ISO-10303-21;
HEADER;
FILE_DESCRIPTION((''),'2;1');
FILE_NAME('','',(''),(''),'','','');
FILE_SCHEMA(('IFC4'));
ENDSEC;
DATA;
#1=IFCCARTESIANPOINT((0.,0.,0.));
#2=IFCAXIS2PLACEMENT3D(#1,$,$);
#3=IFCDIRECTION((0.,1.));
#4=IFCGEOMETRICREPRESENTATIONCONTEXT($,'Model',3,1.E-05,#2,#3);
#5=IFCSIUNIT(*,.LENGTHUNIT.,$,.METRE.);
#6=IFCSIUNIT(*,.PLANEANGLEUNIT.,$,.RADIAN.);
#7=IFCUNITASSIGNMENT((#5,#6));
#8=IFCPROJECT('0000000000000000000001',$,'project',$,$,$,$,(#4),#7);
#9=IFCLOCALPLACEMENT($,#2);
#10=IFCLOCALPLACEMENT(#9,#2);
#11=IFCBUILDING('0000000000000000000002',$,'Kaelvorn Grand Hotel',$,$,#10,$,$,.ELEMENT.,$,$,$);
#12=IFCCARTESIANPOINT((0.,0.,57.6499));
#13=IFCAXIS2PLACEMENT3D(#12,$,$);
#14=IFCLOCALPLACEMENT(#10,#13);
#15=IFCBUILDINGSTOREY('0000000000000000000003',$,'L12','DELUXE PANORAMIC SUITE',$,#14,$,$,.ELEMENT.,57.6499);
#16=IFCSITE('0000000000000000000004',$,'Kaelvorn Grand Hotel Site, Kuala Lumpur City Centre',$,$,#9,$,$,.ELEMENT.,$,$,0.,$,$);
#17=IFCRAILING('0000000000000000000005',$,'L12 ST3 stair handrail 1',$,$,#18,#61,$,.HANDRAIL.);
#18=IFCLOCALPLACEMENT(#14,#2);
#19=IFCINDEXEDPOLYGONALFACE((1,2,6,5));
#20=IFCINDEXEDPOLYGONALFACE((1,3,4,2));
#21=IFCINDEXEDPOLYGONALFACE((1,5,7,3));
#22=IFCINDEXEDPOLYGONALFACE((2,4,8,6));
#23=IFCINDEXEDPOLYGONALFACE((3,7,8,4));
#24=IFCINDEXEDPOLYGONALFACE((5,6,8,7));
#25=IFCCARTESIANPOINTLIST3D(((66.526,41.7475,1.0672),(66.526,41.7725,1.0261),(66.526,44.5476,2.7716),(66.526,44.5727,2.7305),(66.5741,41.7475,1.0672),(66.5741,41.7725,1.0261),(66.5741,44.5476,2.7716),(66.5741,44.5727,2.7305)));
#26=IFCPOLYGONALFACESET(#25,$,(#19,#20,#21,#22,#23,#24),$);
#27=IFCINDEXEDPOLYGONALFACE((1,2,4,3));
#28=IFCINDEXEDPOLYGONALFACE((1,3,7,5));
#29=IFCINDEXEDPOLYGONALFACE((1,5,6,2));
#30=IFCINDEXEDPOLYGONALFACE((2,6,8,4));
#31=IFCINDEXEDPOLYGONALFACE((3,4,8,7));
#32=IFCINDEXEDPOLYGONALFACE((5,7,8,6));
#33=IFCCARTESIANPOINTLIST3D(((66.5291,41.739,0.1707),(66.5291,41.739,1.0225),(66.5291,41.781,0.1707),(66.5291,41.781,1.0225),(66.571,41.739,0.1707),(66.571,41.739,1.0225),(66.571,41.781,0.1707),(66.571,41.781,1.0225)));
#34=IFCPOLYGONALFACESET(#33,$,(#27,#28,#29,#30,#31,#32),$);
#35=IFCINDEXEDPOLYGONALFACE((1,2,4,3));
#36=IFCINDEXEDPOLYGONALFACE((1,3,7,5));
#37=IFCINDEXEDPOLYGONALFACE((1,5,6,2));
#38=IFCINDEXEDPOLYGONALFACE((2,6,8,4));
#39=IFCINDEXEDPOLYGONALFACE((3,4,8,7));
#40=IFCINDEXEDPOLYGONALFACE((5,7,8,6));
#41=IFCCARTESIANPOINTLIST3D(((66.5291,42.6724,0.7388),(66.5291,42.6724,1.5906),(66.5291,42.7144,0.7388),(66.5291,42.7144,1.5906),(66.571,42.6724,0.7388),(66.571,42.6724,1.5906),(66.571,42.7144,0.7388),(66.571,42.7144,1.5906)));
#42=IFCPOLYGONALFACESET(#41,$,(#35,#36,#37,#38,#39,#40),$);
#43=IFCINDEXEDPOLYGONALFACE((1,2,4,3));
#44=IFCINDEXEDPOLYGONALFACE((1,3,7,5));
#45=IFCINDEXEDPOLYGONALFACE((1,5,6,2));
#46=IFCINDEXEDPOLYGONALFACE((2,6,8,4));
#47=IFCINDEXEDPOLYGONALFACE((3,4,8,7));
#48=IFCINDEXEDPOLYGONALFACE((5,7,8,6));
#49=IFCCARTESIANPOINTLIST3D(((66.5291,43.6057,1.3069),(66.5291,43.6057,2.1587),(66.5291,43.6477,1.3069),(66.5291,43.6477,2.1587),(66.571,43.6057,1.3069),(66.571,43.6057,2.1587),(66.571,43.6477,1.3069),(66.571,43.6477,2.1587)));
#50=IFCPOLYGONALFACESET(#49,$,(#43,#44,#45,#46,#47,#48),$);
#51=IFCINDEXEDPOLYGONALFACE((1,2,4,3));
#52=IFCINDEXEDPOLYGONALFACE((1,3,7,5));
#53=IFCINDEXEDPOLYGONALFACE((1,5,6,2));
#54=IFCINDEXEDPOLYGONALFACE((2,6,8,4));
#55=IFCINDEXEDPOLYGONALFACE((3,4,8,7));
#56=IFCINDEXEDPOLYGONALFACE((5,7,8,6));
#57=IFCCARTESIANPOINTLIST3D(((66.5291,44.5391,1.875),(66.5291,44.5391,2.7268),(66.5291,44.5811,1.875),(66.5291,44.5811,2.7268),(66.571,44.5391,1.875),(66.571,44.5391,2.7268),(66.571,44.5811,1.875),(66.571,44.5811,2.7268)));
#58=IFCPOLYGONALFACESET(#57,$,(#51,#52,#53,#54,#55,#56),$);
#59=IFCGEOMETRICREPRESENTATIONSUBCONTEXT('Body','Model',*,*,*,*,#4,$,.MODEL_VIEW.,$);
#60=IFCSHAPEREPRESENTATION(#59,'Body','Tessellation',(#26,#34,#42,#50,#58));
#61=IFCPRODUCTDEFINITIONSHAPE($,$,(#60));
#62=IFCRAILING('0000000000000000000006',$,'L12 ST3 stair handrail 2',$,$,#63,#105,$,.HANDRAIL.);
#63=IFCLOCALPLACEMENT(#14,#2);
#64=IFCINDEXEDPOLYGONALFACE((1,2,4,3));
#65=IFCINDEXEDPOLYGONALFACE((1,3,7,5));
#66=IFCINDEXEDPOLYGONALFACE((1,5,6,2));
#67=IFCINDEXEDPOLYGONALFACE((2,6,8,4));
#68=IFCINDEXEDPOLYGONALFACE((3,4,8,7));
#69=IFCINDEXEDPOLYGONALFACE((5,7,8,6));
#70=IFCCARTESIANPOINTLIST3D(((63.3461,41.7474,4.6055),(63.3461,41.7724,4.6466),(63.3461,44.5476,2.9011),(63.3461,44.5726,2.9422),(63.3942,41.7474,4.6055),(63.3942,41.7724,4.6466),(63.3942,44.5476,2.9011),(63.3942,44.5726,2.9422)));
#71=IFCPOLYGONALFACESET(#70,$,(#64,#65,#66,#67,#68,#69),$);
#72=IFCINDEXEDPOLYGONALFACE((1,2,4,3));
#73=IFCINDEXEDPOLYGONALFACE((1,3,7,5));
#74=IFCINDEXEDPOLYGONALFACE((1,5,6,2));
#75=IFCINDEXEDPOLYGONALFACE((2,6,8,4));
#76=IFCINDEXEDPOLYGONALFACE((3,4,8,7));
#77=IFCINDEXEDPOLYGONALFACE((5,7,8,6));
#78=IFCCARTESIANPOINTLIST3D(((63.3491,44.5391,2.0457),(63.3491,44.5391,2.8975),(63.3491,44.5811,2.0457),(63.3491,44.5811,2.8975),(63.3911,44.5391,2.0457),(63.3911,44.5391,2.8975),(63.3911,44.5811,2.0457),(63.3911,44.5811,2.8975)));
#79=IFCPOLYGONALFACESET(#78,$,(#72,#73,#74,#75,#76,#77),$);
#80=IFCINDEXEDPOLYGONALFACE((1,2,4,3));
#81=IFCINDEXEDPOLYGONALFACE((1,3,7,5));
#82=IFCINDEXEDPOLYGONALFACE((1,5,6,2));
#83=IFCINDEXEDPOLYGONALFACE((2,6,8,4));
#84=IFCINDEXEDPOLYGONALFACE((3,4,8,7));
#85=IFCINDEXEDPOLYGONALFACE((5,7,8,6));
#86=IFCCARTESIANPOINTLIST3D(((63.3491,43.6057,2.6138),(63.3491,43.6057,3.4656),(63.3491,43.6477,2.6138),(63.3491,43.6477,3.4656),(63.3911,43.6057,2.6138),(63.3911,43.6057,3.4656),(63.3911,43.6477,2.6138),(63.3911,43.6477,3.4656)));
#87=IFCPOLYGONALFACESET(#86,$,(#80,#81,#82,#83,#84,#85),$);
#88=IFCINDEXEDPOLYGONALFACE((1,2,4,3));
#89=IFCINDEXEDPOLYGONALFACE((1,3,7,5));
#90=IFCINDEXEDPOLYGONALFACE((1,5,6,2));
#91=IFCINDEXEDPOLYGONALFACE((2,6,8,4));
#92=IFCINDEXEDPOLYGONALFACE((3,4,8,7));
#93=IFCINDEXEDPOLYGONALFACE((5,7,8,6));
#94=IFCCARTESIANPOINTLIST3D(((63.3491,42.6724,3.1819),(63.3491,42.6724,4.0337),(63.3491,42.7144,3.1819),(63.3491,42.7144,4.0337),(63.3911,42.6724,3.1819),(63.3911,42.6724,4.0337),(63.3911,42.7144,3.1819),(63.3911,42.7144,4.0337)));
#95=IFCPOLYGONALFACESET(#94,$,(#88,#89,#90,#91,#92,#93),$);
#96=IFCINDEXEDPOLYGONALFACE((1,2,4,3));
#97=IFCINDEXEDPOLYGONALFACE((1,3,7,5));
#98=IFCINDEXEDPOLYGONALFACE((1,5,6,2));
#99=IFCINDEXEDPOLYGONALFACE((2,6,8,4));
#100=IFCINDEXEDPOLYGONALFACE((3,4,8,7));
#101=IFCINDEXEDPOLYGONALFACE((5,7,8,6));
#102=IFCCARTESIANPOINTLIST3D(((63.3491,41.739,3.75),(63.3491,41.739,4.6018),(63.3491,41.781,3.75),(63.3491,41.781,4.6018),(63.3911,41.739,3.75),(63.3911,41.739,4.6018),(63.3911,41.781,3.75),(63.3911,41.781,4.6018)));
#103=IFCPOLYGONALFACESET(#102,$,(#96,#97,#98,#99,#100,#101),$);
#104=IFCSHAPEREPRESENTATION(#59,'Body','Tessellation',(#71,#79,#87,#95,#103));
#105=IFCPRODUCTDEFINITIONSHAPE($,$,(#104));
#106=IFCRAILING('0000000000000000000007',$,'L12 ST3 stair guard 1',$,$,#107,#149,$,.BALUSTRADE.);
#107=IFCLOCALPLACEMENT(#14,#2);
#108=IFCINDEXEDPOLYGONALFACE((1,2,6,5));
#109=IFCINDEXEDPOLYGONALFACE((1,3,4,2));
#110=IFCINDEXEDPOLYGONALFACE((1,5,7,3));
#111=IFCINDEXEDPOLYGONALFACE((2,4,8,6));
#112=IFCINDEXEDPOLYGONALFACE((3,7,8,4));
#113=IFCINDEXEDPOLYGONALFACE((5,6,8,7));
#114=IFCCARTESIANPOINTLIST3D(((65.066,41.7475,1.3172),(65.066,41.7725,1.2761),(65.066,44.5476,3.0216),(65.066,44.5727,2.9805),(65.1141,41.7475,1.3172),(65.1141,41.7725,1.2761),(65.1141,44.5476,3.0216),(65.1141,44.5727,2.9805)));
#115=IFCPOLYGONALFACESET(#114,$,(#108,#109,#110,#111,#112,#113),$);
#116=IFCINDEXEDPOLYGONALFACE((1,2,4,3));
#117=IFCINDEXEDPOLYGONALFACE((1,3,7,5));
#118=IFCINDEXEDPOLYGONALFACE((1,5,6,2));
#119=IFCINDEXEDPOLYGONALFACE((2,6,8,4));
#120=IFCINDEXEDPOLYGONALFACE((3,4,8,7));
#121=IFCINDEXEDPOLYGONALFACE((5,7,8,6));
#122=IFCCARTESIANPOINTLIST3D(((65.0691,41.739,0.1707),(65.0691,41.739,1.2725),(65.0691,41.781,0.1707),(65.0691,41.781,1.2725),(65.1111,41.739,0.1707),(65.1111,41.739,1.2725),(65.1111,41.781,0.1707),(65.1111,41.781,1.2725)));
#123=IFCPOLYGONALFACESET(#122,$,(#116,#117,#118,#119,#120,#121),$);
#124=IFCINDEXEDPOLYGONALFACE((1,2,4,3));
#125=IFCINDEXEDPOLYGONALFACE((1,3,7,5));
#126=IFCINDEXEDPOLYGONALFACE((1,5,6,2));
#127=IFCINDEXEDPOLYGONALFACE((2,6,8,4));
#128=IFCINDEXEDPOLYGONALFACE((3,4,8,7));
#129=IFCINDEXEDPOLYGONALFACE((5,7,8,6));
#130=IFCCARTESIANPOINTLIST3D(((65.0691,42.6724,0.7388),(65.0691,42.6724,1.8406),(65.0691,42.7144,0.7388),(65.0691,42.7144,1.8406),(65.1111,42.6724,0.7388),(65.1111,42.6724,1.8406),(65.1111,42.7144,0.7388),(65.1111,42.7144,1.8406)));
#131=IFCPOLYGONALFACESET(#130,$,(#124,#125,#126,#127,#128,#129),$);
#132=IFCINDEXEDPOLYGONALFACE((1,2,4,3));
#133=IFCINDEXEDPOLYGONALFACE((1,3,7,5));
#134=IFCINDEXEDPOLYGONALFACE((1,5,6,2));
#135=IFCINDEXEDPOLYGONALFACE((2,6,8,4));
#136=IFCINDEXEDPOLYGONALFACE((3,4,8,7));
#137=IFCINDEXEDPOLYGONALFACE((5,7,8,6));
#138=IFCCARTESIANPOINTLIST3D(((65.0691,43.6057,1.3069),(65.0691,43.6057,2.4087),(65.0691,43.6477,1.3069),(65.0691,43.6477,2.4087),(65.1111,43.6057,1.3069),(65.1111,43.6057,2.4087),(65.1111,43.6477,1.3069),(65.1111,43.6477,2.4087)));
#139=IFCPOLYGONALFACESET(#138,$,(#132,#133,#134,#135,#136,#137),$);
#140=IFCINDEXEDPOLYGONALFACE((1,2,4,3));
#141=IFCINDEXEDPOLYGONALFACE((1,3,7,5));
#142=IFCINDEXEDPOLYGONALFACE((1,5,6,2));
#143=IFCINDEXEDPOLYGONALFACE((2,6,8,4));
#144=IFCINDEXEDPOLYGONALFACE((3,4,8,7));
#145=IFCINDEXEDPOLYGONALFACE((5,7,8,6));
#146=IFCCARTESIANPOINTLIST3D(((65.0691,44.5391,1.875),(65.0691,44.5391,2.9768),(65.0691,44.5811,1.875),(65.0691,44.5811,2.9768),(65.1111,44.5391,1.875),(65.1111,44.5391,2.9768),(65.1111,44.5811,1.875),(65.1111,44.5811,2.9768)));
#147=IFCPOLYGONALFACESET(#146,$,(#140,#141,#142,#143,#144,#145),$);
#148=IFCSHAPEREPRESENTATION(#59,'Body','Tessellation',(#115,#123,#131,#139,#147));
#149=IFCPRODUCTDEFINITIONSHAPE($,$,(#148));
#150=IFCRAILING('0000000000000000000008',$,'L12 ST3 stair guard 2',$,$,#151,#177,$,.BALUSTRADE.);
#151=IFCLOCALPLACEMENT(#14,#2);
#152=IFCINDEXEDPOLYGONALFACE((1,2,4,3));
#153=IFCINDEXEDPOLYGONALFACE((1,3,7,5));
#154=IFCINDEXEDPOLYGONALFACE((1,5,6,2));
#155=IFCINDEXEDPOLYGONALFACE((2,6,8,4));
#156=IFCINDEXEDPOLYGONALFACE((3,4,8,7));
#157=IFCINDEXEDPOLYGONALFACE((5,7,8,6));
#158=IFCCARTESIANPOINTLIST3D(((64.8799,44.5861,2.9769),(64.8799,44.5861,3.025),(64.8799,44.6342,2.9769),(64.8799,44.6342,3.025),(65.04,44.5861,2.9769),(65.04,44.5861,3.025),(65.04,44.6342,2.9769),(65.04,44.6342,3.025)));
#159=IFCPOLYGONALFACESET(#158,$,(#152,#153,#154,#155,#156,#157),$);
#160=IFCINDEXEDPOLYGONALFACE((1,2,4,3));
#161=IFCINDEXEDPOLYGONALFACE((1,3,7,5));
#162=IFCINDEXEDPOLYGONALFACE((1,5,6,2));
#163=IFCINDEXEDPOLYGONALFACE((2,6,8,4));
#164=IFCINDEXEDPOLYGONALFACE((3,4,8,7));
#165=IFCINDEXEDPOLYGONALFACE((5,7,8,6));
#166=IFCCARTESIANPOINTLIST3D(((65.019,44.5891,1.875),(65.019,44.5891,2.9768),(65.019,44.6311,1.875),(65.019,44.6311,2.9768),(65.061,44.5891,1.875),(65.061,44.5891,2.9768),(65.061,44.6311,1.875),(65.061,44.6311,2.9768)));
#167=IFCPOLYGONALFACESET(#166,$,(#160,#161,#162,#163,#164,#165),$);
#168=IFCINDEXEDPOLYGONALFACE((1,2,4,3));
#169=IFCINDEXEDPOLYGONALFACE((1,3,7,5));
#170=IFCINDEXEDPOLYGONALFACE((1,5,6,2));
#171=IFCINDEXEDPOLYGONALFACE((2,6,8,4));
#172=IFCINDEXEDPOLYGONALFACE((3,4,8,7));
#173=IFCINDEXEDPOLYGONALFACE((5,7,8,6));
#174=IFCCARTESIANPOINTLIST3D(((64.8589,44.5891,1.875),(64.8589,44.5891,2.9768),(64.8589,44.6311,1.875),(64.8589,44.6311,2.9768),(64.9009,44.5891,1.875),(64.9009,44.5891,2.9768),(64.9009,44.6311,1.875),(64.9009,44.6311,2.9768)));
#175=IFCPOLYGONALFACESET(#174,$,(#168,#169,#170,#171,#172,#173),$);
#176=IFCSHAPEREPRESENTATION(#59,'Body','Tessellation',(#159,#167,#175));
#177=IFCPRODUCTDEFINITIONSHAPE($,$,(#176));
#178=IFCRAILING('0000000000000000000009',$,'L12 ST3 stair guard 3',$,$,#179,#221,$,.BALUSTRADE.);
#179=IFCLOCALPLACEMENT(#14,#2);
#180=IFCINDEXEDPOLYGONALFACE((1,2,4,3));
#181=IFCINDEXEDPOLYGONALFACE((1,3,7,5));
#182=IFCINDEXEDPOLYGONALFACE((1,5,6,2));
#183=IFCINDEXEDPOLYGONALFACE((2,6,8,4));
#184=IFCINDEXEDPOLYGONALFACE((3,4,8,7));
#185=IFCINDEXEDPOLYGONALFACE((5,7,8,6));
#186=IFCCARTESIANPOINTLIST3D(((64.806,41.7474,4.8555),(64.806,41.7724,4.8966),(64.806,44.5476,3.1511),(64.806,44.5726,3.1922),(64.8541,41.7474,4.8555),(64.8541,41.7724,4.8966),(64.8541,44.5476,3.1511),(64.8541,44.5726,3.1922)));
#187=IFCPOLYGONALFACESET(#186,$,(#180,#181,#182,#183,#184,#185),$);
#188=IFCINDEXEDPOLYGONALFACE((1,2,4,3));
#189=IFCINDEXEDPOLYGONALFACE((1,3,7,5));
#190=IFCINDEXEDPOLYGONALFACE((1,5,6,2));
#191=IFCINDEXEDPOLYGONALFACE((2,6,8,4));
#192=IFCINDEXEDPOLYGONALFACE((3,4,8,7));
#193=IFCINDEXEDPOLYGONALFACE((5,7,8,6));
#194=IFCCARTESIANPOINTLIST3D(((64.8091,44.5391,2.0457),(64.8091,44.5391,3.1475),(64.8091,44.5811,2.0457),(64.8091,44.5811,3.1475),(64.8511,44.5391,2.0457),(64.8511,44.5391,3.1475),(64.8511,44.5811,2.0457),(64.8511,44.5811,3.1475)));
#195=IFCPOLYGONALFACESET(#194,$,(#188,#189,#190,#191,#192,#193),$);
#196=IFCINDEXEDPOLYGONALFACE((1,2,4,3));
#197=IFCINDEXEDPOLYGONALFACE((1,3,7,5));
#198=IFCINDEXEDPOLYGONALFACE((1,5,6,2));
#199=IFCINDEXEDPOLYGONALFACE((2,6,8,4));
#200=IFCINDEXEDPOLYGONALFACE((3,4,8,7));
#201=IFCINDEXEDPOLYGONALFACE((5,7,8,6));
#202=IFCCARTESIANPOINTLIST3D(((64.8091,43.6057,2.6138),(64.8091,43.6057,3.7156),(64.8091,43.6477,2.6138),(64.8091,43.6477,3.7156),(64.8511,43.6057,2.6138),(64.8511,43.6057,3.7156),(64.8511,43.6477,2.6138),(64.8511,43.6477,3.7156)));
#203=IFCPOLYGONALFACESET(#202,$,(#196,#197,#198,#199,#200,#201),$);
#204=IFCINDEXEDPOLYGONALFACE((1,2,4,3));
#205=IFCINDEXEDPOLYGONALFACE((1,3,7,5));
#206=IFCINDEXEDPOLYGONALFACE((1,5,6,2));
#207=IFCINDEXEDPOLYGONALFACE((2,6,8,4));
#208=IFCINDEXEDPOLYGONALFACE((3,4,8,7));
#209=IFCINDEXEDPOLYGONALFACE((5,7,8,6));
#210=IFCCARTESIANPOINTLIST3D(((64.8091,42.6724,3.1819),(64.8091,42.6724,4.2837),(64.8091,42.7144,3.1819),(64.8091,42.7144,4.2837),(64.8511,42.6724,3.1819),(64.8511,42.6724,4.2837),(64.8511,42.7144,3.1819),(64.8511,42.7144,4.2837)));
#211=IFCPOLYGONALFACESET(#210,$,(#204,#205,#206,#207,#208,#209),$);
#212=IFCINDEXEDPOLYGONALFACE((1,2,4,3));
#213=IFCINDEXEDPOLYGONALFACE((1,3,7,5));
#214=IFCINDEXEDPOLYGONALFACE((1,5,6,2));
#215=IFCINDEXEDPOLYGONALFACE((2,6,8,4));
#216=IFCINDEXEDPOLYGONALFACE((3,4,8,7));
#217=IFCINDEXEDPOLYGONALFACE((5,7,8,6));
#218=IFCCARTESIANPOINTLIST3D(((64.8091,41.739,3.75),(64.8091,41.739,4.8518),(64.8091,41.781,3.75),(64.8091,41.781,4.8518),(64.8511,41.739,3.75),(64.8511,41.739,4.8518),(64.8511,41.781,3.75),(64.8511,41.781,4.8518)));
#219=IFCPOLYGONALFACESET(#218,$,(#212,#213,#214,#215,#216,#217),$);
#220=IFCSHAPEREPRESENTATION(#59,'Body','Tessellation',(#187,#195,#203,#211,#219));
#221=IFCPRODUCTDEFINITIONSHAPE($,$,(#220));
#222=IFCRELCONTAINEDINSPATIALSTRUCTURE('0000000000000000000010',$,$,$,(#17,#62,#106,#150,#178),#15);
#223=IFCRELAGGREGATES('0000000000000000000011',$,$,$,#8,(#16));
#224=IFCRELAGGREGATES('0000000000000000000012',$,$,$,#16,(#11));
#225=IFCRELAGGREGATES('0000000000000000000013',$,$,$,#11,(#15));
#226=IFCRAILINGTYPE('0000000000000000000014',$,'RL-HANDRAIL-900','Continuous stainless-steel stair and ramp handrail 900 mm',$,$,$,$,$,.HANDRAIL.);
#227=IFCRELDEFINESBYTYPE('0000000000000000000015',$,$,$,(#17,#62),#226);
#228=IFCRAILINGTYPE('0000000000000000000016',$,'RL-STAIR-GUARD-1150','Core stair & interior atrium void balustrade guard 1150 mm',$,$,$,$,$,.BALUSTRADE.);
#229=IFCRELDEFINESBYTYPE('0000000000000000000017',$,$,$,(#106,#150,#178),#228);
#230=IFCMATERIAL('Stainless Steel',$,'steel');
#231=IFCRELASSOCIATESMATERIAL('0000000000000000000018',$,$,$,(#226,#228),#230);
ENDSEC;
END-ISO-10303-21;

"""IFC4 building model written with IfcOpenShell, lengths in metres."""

from ifc_helpers import new_model, si_unit, direction, frame, origin, origin_2d, place, context, subcontext, project, spatial, rectangle, extrude, material, type_object, element, save


model = new_model("IFC4")

# Units and contexts
model_context = context("Model", 3, precision=1e-05, world=origin(), true_north=direction((0.0, 1.0)))
body_context = subcontext(model_context, "Body", "Model", "MODEL_VIEW")
ifc_project = project(units=[si_unit("LENGTHUNIT", "METRE"), si_unit("PLANEANGLEUNIT", "RADIAN")], contexts=[model_context])

# Site, building, storey
site_placement = place(None, origin())
site = spatial("IfcSite", under=ifc_project, at=site_placement, Name="Kaelvorn Grand Hotel Site, Kuala Lumpur City Centre", CompositionType="ELEMENT", RefElevation=0.0)
building_placement = place(site_placement, origin())
building = spatial("IfcBuilding", under=site, at=building_placement, Name="Kaelvorn Grand Hotel", CompositionType="ELEMENT")
storey_placement = place(building_placement, frame((0.0, 0.0, 57.6499)))
storey = spatial("IfcBuildingStorey", under=building, at=storey_placement, Name="L12", Description="DELUXE PANORAMIC SUITE", CompositionType="ELEMENT", Elevation=57.6499)

# Shared definitions
ifc_material_1 = material(Name="Stainless Steel", Category="steel")

# Railings
railing_type_1 = type_object("IfcRailingType", Name="RL-HANDRAIL-900", Description="Continuous stainless-steel stair and ramp handrail 900 mm", PredefinedType="HANDRAIL", material=ifc_material_1)
railing_1_placement = place(storey_placement, frame((66.55, 41.76, 0.1707)))
element("IfcRailing", 1, at=railing_1_placement, inside=storey, type_object=railing_type_1, Name="L12 ST3 stair handrail 1", PredefinedType="HANDRAIL", context=body_context, shape_type="SweptSolid", body=[
    extrude(rectangle(XDim=0.0481, YDim=0.0481, at=origin_2d()), frame((0.0, 0.0, 0.876), z_axis=(0.0, 0.854203, 0.51994), x_axis=(-1.0, 0.0, 0.0)), (0.0, 0.0, 1.0), 3.2781),
    extrude(rectangle(XDim=0.042, YDim=0.042, at=origin_2d()), origin(), (0.0, 0.0, 1.0), 0.8518),
    extrude(rectangle(XDim=0.042, YDim=0.042, at=origin_2d()), frame((0.0, 0.9333, 0.5681)), (0.0, 0.0, 1.0), 0.8518),
    extrude(rectangle(XDim=0.042, YDim=0.042, at=origin_2d()), frame((0.0, 1.8667, 1.1362)), (0.0, 0.0, 1.0), 0.8518),
    extrude(rectangle(XDim=0.042, YDim=0.042, at=origin_2d()), frame((0.0, 2.8, 1.7043)), (0.0, 0.0, 1.0), 0.8518),
])
railing_2_placement = place(storey_placement, frame((63.3701, 44.5601, 2.0457)))
element("IfcRailing", 2, at=railing_2_placement, inside=storey, type_object=railing_type_1, Name="L12 ST3 stair handrail 2", PredefinedType="HANDRAIL", context=body_context, shape_type="SweptSolid", body=[
    extrude(rectangle(XDim=0.0481, YDim=0.0481, at=origin_2d()), frame((0.0, 0.0, 0.876), z_axis=(0.0, -0.854203, 0.51994), x_axis=(1.0, 0.0, 0.0)), (0.0, 0.0, 1.0), 3.2781),
    extrude(rectangle(XDim=0.042, YDim=0.042, at=origin_2d()), origin(), (0.0, 0.0, 1.0), 0.8518),
    extrude(rectangle(XDim=0.042, YDim=0.042, at=origin_2d()), frame((0.0, -0.9333, 0.5681)), (0.0, 0.0, 1.0), 0.8518),
    extrude(rectangle(XDim=0.042, YDim=0.042, at=origin_2d()), frame((0.0, -1.8667, 1.1362)), (0.0, 0.0, 1.0), 0.8518),
    extrude(rectangle(XDim=0.042, YDim=0.042, at=origin_2d()), frame((0.0, -2.8, 1.7043)), (0.0, 0.0, 1.0), 0.8518),
])
railing_type_2 = type_object("IfcRailingType", Name="RL-STAIR-GUARD-1150", Description="Core stair & interior atrium void balustrade guard 1150 mm", PredefinedType="BALUSTRADE", material=ifc_material_1)
railing_3_placement = place(storey_placement, frame((65.0901, 41.76, 0.1707)))
element("IfcRailing", 3, at=railing_3_placement, inside=storey, type_object=railing_type_2, Name="L12 ST3 stair guard 1", PredefinedType="BALUSTRADE", context=body_context, shape_type="SweptSolid", body=[
    extrude(rectangle(XDim=0.0481, YDim=0.0481, at=origin_2d()), frame((0.0, 0.0, 1.126), z_axis=(0.0, 0.854203, 0.51994), x_axis=(-1.0, 0.0, 0.0)), (0.0, 0.0, 1.0), 3.2781),
    extrude(rectangle(XDim=0.042, YDim=0.042, at=origin_2d()), origin(), (0.0, 0.0, 1.0), 1.1018),
    extrude(rectangle(XDim=0.042, YDim=0.042, at=origin_2d()), frame((0.0, 0.9333, 0.5681)), (0.0, 0.0, 1.0), 1.1018),
    extrude(rectangle(XDim=0.042, YDim=0.042, at=origin_2d()), frame((0.0, 1.8667, 1.1362)), (0.0, 0.0, 1.0), 1.1018),
    extrude(rectangle(XDim=0.042, YDim=0.042, at=origin_2d()), frame((0.0, 2.8, 1.7043)), (0.0, 0.0, 1.0), 1.1018),
])
railing_4_placement = place(storey_placement, frame((65.04, 44.6101, 1.875)))
element("IfcRailing", 4, at=railing_4_placement, inside=storey, type_object=railing_type_2, Name="L12 ST3 stair guard 2", PredefinedType="BALUSTRADE", context=body_context, shape_type="SweptSolid", body=[
    extrude(rectangle(XDim=0.0481, YDim=0.0481, at=origin_2d()), frame((0.0, 0.0, 1.126), z_axis=(-1.0, 0.0, 0.0), x_axis=(0.0, -1.0, 0.0)), (0.0, 0.0, 1.0), 0.1602),
    extrude(rectangle(XDim=0.042, YDim=0.042, at=origin_2d()), origin(), (0.0, 0.0, 1.0), 1.1018),
    extrude(rectangle(XDim=0.042, YDim=0.042, at=origin_2d()), frame((-0.1602, 0.0, 0.0)), (0.0, 0.0, 1.0), 1.1018),
])
railing_5_placement = place(storey_placement, frame((64.8301, 44.5601, 2.0457)))
element("IfcRailing", 5, at=railing_5_placement, inside=storey, type_object=railing_type_2, Name="L12 ST3 stair guard 3", PredefinedType="BALUSTRADE", context=body_context, shape_type="SweptSolid", body=[
    extrude(rectangle(XDim=0.0481, YDim=0.0481, at=origin_2d()), frame((0.0, 0.0, 1.126), z_axis=(0.0, -0.854203, 0.51994), x_axis=(1.0, 0.0, 0.0)), (0.0, 0.0, 1.0), 3.2781),
    extrude(rectangle(XDim=0.042, YDim=0.042, at=origin_2d()), origin(), (0.0, 0.0, 1.0), 1.1018),
    extrude(rectangle(XDim=0.042, YDim=0.042, at=origin_2d()), frame((0.0, -0.9333, 0.5681)), (0.0, 0.0, 1.0), 1.1018),
    extrude(rectangle(XDim=0.042, YDim=0.042, at=origin_2d()), frame((0.0, -1.8667, 1.1362)), (0.0, 0.0, 1.0), 1.1018),
    extrude(rectangle(XDim=0.042, YDim=0.042, at=origin_2d()), frame((0.0, -2.8, 1.7043)), (0.0, 0.0, 1.0), 1.1018),
])

save(model, "model.ifc")
